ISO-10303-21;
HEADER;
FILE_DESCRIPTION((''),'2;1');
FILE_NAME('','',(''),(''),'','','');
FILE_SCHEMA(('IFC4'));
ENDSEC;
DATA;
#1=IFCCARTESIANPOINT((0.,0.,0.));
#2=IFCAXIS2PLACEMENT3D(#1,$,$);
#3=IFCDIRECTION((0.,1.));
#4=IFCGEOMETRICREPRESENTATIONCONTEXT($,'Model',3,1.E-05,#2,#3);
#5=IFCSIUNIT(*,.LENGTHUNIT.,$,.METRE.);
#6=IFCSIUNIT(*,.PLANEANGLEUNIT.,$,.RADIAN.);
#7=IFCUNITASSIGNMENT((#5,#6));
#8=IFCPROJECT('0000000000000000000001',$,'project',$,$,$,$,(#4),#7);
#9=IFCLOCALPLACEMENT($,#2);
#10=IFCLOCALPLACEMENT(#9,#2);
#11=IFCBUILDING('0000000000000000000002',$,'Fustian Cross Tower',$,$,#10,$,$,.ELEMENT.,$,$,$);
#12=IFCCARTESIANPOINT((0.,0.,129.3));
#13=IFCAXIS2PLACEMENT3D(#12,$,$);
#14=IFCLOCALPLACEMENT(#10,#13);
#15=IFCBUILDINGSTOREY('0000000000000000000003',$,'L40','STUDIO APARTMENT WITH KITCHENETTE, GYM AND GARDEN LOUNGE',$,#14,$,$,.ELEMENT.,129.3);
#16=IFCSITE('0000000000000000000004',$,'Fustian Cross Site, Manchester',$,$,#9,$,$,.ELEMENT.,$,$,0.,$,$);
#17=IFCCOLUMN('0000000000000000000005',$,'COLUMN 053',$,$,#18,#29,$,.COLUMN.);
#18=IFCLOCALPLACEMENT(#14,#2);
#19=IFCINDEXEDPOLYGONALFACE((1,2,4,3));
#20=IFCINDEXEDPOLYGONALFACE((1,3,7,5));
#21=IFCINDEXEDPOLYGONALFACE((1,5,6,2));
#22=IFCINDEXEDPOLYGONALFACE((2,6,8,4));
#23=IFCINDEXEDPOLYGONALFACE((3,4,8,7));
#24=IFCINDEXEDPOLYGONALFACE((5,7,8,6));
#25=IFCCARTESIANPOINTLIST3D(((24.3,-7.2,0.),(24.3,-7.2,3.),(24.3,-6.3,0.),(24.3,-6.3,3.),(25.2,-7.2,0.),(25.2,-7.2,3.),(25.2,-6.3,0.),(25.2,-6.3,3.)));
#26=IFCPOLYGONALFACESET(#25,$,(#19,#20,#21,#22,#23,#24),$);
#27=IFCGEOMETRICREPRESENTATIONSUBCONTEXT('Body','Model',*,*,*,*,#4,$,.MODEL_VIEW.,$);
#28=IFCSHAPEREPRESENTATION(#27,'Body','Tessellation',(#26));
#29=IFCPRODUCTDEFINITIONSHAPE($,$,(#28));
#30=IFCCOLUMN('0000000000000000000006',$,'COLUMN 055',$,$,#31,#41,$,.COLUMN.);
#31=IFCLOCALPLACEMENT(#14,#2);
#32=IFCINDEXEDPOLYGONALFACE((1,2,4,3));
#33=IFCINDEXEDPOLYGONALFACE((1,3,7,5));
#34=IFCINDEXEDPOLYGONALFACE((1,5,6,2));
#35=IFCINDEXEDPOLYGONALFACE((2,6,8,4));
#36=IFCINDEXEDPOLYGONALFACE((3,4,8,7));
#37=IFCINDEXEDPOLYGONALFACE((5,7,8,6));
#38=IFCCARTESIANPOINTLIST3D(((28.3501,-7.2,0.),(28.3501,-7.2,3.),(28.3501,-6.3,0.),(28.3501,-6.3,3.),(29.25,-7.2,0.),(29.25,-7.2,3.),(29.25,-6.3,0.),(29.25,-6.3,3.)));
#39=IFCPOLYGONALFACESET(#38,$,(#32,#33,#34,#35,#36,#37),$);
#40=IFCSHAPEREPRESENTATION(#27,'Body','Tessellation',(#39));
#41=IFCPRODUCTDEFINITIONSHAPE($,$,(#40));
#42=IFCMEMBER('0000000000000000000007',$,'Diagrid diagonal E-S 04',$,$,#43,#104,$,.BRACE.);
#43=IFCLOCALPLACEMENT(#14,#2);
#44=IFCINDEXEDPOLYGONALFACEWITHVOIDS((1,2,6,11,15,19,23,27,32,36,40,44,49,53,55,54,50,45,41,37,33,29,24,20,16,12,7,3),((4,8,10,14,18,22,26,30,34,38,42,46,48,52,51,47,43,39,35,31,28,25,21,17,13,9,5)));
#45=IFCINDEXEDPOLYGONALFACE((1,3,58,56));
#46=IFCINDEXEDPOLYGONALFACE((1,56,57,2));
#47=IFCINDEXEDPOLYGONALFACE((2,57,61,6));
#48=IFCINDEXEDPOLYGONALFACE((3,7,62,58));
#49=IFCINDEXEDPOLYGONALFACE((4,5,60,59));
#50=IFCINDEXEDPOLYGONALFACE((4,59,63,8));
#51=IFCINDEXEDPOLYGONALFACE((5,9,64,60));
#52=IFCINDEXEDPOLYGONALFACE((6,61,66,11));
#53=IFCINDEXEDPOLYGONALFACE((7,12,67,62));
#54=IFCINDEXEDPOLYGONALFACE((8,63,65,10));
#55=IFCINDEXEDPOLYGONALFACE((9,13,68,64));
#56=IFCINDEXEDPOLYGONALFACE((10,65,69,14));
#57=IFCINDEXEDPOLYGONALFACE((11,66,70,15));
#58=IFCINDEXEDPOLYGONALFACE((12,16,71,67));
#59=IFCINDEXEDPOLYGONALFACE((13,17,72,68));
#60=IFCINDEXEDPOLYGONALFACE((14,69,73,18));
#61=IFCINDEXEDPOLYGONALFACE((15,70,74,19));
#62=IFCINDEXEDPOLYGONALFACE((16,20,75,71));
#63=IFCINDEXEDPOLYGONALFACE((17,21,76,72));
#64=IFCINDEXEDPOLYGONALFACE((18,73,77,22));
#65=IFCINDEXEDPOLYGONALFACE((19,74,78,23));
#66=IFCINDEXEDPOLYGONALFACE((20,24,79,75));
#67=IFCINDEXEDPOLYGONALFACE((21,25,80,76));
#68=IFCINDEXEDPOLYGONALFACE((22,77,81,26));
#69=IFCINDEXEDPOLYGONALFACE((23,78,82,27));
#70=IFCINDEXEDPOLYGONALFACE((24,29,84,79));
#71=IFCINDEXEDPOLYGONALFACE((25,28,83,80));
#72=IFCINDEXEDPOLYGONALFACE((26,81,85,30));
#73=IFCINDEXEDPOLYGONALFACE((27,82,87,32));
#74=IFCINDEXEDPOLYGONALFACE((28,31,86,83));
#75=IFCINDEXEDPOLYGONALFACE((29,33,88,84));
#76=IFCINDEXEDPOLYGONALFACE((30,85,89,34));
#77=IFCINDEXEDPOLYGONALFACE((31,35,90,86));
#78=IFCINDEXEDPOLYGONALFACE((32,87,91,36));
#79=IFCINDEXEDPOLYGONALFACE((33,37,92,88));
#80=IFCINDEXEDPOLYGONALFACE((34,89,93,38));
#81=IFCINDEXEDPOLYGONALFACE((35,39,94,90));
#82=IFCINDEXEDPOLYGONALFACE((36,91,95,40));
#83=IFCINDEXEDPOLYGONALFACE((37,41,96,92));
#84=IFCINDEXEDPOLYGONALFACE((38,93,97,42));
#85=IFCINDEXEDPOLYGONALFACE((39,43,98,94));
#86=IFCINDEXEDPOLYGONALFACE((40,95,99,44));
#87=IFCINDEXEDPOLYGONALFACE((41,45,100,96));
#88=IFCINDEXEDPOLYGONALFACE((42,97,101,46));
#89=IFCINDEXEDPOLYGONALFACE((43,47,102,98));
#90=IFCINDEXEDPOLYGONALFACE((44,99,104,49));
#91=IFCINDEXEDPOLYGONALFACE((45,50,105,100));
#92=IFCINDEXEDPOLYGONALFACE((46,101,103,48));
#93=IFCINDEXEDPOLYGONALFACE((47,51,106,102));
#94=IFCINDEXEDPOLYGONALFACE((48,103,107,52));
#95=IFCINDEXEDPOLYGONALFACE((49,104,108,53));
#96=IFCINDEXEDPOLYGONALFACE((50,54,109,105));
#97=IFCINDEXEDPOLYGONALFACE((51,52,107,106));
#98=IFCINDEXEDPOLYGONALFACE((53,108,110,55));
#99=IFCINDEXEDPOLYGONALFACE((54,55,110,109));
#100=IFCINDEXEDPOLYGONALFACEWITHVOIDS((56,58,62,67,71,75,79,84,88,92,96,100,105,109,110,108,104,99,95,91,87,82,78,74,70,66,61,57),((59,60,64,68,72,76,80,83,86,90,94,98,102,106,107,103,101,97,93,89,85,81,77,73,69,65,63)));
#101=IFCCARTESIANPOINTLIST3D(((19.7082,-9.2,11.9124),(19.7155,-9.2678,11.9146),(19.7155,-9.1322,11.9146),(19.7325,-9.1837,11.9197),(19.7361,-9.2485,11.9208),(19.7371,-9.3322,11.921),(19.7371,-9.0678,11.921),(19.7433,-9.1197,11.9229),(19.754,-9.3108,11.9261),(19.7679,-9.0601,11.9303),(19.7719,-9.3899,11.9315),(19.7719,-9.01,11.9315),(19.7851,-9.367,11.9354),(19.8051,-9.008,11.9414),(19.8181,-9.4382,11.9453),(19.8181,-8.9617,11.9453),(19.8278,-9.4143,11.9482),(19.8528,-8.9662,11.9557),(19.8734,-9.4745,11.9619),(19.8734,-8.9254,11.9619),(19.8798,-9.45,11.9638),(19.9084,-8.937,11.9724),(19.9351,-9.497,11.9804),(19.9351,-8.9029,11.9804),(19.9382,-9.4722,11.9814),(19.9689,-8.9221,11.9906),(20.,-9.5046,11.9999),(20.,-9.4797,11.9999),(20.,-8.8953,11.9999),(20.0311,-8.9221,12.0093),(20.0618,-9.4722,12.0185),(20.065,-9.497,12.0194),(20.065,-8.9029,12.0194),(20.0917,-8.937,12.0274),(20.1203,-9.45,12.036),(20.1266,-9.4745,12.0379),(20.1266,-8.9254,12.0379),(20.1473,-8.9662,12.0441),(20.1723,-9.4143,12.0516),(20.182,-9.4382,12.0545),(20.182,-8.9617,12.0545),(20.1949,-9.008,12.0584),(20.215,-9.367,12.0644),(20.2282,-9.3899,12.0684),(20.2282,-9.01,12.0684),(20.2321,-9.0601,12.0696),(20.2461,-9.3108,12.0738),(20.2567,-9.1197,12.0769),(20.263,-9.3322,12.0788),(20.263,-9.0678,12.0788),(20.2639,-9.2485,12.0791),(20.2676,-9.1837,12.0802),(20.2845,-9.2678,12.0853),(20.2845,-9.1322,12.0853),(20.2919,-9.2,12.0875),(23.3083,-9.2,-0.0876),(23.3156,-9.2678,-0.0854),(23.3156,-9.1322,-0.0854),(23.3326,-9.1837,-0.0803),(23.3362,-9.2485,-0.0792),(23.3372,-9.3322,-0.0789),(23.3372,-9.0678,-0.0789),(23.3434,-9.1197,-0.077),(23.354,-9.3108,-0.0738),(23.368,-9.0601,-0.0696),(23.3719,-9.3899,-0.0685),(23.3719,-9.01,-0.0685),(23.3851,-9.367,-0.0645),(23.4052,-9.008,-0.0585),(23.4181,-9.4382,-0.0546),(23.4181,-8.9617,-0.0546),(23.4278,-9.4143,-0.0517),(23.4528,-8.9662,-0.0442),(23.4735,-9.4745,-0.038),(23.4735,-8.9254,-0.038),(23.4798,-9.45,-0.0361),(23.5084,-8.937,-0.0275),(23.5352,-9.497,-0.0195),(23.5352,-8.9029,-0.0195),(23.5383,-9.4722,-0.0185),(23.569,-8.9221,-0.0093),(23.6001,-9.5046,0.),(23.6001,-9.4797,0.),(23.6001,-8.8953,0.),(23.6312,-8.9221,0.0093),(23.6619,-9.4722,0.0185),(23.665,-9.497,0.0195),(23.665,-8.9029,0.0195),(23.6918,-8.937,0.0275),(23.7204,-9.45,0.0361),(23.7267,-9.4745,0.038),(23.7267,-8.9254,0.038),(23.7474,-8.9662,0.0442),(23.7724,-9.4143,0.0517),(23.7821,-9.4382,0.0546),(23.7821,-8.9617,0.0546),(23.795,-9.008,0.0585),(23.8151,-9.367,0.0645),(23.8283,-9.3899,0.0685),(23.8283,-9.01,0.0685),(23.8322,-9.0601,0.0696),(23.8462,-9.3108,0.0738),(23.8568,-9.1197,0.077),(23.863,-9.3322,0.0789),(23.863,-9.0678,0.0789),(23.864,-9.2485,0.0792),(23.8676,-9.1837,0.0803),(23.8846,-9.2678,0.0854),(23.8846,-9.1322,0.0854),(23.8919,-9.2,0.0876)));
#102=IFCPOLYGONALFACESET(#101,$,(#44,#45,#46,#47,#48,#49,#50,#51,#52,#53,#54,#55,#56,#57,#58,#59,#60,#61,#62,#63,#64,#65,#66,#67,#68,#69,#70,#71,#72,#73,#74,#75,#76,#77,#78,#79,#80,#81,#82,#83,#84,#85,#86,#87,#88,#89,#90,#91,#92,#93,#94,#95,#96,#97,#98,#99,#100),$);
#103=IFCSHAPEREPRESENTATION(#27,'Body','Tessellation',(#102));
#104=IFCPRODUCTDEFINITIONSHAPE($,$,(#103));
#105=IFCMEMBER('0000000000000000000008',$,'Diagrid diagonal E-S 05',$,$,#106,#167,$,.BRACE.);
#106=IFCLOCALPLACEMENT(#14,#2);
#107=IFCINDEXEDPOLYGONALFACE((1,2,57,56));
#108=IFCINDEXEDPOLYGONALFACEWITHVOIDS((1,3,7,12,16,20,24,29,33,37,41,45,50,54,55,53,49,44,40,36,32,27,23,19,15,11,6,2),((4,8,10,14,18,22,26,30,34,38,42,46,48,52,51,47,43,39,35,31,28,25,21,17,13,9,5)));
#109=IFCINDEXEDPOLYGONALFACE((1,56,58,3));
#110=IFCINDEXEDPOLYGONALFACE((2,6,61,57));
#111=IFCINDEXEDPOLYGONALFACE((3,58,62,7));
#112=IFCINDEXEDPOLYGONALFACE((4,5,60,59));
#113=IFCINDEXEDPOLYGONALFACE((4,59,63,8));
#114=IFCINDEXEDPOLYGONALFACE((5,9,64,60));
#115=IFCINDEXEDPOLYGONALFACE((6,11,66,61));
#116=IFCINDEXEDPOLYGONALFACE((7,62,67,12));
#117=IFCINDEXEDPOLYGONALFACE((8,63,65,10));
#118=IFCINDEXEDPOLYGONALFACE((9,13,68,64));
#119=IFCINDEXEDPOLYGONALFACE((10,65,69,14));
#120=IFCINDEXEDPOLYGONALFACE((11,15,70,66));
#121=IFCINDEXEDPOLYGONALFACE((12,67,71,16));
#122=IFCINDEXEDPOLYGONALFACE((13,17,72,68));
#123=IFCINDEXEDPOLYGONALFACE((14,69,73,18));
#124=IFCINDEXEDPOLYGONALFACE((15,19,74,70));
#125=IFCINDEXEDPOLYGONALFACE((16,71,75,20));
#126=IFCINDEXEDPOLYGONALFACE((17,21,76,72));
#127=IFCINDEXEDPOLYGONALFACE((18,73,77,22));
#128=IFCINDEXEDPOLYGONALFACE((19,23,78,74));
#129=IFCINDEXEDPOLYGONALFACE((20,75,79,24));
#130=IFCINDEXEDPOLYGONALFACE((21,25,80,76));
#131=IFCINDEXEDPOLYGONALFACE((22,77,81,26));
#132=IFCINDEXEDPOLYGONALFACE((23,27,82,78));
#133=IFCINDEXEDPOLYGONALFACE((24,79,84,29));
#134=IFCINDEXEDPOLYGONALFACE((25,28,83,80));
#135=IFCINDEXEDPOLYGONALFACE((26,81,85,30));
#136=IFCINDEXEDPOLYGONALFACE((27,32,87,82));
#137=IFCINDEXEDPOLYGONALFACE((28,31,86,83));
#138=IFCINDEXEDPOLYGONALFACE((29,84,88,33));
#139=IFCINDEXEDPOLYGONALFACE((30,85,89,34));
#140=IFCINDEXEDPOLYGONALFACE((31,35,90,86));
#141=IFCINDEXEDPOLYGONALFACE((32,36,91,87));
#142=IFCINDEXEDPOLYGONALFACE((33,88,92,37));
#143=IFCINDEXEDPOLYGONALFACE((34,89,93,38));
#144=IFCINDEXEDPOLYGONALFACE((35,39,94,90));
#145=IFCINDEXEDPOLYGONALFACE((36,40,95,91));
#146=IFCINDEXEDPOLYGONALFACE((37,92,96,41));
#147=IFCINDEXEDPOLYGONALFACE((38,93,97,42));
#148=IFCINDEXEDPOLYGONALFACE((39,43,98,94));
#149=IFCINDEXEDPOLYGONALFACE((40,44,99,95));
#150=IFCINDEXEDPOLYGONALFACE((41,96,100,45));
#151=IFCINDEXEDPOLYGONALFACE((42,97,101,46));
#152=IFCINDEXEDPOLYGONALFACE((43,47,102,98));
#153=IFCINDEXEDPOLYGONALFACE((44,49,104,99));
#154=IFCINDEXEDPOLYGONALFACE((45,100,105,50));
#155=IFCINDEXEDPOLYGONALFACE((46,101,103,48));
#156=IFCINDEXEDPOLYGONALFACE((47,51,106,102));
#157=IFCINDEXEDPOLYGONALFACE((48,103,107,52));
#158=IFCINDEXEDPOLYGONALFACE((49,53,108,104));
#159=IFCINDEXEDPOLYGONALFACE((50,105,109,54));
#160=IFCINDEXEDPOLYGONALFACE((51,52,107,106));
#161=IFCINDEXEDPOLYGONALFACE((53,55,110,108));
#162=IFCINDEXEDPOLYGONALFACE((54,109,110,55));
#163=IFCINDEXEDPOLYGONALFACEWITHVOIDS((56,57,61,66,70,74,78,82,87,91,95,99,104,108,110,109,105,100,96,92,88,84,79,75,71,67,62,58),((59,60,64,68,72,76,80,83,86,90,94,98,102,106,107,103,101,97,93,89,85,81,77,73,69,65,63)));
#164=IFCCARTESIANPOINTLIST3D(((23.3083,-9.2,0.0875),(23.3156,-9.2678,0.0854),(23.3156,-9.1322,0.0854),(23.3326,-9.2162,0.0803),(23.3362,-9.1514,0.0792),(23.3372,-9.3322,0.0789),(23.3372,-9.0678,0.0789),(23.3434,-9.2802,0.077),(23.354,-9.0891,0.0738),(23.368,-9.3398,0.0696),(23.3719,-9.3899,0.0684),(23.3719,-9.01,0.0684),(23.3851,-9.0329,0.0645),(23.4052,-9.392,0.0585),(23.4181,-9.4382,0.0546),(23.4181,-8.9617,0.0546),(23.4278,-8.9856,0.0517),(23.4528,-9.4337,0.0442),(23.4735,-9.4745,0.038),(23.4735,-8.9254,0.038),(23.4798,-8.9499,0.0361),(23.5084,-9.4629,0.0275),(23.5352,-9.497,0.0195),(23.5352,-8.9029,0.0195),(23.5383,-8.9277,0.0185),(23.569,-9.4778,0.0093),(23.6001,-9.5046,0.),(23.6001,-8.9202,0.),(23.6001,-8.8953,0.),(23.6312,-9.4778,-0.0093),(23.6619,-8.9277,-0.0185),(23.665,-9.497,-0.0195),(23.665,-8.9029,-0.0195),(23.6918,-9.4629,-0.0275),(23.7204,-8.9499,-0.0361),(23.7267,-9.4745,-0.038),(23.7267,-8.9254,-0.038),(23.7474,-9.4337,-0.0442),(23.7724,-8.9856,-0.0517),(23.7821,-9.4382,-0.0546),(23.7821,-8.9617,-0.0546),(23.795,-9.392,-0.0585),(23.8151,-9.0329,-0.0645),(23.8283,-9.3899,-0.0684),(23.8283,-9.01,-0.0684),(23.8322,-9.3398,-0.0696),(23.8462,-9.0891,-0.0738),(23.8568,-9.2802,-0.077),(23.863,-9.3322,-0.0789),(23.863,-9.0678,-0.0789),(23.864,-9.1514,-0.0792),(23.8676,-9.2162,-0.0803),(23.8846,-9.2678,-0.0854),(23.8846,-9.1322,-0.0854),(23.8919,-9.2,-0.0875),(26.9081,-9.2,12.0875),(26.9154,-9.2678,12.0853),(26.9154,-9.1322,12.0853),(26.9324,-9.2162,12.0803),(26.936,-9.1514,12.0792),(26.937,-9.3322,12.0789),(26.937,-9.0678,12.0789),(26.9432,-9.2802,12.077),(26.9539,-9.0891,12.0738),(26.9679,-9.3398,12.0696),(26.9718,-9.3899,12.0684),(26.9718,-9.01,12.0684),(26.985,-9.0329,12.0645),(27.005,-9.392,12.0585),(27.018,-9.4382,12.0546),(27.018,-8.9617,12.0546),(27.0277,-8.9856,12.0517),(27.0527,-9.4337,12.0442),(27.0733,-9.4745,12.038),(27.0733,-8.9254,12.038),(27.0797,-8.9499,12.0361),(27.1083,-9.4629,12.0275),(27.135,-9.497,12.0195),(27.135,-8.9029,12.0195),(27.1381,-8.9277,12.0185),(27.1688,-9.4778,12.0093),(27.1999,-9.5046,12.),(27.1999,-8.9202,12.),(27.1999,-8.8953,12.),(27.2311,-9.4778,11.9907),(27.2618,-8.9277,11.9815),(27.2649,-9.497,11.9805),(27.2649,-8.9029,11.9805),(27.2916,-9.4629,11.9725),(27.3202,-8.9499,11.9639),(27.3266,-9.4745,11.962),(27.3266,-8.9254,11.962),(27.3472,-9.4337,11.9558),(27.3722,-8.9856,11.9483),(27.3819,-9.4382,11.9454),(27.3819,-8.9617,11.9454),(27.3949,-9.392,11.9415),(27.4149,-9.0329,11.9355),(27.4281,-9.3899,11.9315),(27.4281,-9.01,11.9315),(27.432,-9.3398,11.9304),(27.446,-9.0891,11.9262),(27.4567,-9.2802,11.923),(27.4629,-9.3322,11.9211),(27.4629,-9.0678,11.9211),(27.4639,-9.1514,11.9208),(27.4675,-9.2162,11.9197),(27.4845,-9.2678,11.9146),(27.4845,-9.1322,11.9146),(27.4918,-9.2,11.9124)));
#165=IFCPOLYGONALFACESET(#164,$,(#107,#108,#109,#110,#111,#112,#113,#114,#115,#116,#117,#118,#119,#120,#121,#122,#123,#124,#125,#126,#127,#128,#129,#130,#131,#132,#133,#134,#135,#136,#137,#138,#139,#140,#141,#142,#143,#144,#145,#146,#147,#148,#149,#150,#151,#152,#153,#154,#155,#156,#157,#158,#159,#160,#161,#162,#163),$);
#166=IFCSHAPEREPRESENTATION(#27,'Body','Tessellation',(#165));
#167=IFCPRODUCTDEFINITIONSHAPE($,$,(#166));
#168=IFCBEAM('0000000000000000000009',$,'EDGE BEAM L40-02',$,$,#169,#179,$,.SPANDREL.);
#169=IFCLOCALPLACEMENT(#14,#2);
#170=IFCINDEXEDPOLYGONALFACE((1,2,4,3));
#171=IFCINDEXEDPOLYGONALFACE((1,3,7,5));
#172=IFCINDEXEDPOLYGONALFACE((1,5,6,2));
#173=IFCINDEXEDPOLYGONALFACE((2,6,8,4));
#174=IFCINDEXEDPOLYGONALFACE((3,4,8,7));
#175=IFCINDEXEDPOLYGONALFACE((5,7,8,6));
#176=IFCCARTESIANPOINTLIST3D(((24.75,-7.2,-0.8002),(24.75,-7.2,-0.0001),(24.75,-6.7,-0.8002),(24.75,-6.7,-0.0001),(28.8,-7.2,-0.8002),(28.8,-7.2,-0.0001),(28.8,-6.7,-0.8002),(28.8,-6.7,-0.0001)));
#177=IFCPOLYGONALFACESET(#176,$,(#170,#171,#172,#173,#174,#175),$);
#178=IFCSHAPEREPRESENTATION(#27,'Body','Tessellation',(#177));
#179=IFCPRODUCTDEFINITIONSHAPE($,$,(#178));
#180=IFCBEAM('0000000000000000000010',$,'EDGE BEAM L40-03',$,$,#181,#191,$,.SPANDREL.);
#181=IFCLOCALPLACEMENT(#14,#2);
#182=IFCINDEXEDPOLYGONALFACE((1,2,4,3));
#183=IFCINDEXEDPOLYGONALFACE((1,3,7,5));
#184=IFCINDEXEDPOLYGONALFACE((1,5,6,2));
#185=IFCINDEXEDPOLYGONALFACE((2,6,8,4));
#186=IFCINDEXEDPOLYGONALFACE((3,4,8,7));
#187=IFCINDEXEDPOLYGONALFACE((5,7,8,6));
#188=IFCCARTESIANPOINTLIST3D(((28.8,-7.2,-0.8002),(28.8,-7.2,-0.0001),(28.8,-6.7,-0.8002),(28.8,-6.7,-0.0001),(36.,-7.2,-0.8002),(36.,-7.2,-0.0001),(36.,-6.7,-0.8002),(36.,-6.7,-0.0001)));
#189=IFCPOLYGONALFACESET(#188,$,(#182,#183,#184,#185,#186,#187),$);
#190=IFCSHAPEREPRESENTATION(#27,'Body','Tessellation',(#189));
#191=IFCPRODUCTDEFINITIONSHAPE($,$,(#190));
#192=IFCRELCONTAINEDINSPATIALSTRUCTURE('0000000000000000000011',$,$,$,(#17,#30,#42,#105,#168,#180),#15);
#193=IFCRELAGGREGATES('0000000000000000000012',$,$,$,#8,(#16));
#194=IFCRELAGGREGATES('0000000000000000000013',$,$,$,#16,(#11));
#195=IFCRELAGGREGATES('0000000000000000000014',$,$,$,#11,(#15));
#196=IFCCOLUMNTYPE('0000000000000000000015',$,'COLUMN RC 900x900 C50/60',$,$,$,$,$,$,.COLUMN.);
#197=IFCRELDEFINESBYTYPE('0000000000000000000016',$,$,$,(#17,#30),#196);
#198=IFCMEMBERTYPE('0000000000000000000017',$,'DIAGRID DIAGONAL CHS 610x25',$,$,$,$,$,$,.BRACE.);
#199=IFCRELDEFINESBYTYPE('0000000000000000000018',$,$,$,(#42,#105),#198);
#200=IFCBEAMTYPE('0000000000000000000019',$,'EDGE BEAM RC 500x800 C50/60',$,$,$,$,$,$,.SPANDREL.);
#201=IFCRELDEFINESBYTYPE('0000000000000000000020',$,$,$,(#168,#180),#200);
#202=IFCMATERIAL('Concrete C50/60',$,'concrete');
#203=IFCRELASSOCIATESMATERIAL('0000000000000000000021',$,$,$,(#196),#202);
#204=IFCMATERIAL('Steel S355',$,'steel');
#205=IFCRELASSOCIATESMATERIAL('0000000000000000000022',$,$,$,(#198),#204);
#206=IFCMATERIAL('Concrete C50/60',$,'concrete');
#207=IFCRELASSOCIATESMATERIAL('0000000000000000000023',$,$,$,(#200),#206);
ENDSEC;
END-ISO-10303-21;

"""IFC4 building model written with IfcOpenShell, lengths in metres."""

from ifc_helpers import new_model, si_unit, direction, frame, origin, origin_2d, place, context, subcontext, project, spatial, rectangle, hollow_circle, extrude, material, material_profile, profile_set, type_object, element, save


model = new_model("IFC4")

# Units and contexts
model_context = context("Model", 3, precision=1e-05, world=origin(), true_north=direction((0.0, 1.0)))
body_context = subcontext(model_context, "Body", "Model", "MODEL_VIEW")
ifc_project = project(units=[si_unit("LENGTHUNIT", "METRE"), si_unit("PLANEANGLEUNIT", "RADIAN")], contexts=[model_context])

# Site, building, storey
site_placement = place(None, origin())
site = spatial("IfcSite", under=ifc_project, at=site_placement, Name="Fustian Cross Site, Manchester", CompositionType="ELEMENT", RefElevation=0.0)
building_placement = place(site_placement, origin())
building = spatial("IfcBuilding", under=site, at=building_placement, Name="Fustian Cross Tower", CompositionType="ELEMENT")
storey_placement = place(building_placement, frame((0.0, 0.0, 129.3)))
storey = spatial("IfcBuildingStorey", under=building, at=storey_placement, Name="L40", Description="STUDIO APARTMENT WITH KITCHENETTE, GYM AND GARDEN LOUNGE", CompositionType="ELEMENT", Elevation=129.3)

# Columns
ifc_material_1 = material(Name="Concrete C50/60", Category="concrete")
ifc_material_profile_1 = material_profile(ifc_material_1, rectangle(XDim=0.8999, YDim=0.8999, at=origin_2d()), Name="RC 900x900")
ifc_profile_set_1 = profile_set([ifc_material_profile_1], Name="Concrete C50/60")
column_type = type_object("IfcColumnType", Name="COLUMN RC 900x900 C50/60", PredefinedType="COLUMN", material=ifc_profile_set_1)
for number, where, z_axis, x_axis, name in (
    (1, (24.75, -6.75, 0.0), (0.0, 0.0, 1.0), (1.0, 0.0, 0.0), "COLUMN 053"),
    (2, (28.8, -6.75, 0.0), (0.0, 0.0, 1.0), (1.0, 0.0, 0.0), "COLUMN 055"),
):
    element("IfcColumn", number, at=place(storey_placement, frame(where, z_axis=z_axis, x_axis=x_axis)), inside=storey, type_object=column_type, Name=name, PredefinedType="COLUMN", context=body_context, shape_type="SweptSolid", body=[
        extrude(rectangle(XDim=0.8999, YDim=0.8999, at=origin_2d()), origin(), (0.0, 0.0, 1.0), 3.0),
    ])

# Members
ifc_material_2 = material(Name="Steel S355", Category="steel")
ifc_material_profile_2 = material_profile(ifc_material_2, hollow_circle(Radius=0.3047, WallThickness=0.0249, at=origin_2d()), Name="CHS 610x25")
ifc_profile_set_2 = profile_set([ifc_material_profile_2], Name="Steel S355")
member_type = type_object("IfcMemberType", Name="DIAGRID DIAGONAL CHS 610x25", PredefinedType="BRACE", material=ifc_profile_set_2)
for number, where, z_axis, x_axis, name in (
    (3, (23.6001, -9.2, 0.0), (-0.287355, 0.0, 0.957824), (0.0, -1.0, 0.0), "Diagrid diagonal E-S 04"),
    (4, (23.6001, -9.2, 0.0), (0.287337, 0.0, 0.95783), (0.0, 1.0, 0.0), "Diagrid diagonal E-S 05"),
):
    element("IfcMember", number, at=place(storey_placement, frame(where, z_axis=z_axis, x_axis=x_axis)), inside=storey, type_object=member_type, Name=name, PredefinedType="BRACE", context=body_context, shape_type="SweptSolid", body=[
        extrude(hollow_circle(Radius=0.3047, WallThickness=0.0249, at=origin_2d()), origin(), (0.0, 0.0, 1.0), 12.5283),
    ])

# Beams
ifc_material_3 = material(Name="Concrete C50/60", Category="concrete")
ifc_material_profile_3 = material_profile(ifc_material_3, rectangle(XDim=0.5, YDim=0.8, at=origin_2d()), Name="RC 500x800")
ifc_profile_set_3 = profile_set([ifc_material_profile_3], Name="Concrete C50/60")
beam_type = type_object("IfcBeamType", Name="EDGE BEAM RC 500x800 C50/60", PredefinedType="SPANDREL", material=ifc_profile_set_3)
beam_1_placement = place(storey_placement, frame((24.75, -6.95, -0.4001), z_axis=(1.0, 0.0, 0.0), x_axis=(0.0, 1.0, 0.0)))
element("IfcBeam", 5, at=beam_1_placement, inside=storey, type_object=beam_type, Name="EDGE BEAM L40-02", PredefinedType="SPANDREL", context=body_context, shape_type="SweptSolid", body=[
    extrude(rectangle(XDim=0.5, YDim=0.8, at=origin_2d()), origin(), (0.0, 0.0, 1.0), 4.05),
])
beam_2_placement = place(storey_placement, frame((28.8, -6.95, -0.4001), z_axis=(1.0, 0.0, 0.0), x_axis=(0.0, 1.0, 0.0)))
element("IfcBeam", 6, at=beam_2_placement, inside=storey, type_object=beam_type, Name="EDGE BEAM L40-03", PredefinedType="SPANDREL", context=body_context, shape_type="SweptSolid", body=[
    extrude(rectangle(XDim=0.5, YDim=0.8, at=origin_2d()), origin(), (0.0, 0.0, 1.0), 7.2),
])

save(model, "model.ifc")
